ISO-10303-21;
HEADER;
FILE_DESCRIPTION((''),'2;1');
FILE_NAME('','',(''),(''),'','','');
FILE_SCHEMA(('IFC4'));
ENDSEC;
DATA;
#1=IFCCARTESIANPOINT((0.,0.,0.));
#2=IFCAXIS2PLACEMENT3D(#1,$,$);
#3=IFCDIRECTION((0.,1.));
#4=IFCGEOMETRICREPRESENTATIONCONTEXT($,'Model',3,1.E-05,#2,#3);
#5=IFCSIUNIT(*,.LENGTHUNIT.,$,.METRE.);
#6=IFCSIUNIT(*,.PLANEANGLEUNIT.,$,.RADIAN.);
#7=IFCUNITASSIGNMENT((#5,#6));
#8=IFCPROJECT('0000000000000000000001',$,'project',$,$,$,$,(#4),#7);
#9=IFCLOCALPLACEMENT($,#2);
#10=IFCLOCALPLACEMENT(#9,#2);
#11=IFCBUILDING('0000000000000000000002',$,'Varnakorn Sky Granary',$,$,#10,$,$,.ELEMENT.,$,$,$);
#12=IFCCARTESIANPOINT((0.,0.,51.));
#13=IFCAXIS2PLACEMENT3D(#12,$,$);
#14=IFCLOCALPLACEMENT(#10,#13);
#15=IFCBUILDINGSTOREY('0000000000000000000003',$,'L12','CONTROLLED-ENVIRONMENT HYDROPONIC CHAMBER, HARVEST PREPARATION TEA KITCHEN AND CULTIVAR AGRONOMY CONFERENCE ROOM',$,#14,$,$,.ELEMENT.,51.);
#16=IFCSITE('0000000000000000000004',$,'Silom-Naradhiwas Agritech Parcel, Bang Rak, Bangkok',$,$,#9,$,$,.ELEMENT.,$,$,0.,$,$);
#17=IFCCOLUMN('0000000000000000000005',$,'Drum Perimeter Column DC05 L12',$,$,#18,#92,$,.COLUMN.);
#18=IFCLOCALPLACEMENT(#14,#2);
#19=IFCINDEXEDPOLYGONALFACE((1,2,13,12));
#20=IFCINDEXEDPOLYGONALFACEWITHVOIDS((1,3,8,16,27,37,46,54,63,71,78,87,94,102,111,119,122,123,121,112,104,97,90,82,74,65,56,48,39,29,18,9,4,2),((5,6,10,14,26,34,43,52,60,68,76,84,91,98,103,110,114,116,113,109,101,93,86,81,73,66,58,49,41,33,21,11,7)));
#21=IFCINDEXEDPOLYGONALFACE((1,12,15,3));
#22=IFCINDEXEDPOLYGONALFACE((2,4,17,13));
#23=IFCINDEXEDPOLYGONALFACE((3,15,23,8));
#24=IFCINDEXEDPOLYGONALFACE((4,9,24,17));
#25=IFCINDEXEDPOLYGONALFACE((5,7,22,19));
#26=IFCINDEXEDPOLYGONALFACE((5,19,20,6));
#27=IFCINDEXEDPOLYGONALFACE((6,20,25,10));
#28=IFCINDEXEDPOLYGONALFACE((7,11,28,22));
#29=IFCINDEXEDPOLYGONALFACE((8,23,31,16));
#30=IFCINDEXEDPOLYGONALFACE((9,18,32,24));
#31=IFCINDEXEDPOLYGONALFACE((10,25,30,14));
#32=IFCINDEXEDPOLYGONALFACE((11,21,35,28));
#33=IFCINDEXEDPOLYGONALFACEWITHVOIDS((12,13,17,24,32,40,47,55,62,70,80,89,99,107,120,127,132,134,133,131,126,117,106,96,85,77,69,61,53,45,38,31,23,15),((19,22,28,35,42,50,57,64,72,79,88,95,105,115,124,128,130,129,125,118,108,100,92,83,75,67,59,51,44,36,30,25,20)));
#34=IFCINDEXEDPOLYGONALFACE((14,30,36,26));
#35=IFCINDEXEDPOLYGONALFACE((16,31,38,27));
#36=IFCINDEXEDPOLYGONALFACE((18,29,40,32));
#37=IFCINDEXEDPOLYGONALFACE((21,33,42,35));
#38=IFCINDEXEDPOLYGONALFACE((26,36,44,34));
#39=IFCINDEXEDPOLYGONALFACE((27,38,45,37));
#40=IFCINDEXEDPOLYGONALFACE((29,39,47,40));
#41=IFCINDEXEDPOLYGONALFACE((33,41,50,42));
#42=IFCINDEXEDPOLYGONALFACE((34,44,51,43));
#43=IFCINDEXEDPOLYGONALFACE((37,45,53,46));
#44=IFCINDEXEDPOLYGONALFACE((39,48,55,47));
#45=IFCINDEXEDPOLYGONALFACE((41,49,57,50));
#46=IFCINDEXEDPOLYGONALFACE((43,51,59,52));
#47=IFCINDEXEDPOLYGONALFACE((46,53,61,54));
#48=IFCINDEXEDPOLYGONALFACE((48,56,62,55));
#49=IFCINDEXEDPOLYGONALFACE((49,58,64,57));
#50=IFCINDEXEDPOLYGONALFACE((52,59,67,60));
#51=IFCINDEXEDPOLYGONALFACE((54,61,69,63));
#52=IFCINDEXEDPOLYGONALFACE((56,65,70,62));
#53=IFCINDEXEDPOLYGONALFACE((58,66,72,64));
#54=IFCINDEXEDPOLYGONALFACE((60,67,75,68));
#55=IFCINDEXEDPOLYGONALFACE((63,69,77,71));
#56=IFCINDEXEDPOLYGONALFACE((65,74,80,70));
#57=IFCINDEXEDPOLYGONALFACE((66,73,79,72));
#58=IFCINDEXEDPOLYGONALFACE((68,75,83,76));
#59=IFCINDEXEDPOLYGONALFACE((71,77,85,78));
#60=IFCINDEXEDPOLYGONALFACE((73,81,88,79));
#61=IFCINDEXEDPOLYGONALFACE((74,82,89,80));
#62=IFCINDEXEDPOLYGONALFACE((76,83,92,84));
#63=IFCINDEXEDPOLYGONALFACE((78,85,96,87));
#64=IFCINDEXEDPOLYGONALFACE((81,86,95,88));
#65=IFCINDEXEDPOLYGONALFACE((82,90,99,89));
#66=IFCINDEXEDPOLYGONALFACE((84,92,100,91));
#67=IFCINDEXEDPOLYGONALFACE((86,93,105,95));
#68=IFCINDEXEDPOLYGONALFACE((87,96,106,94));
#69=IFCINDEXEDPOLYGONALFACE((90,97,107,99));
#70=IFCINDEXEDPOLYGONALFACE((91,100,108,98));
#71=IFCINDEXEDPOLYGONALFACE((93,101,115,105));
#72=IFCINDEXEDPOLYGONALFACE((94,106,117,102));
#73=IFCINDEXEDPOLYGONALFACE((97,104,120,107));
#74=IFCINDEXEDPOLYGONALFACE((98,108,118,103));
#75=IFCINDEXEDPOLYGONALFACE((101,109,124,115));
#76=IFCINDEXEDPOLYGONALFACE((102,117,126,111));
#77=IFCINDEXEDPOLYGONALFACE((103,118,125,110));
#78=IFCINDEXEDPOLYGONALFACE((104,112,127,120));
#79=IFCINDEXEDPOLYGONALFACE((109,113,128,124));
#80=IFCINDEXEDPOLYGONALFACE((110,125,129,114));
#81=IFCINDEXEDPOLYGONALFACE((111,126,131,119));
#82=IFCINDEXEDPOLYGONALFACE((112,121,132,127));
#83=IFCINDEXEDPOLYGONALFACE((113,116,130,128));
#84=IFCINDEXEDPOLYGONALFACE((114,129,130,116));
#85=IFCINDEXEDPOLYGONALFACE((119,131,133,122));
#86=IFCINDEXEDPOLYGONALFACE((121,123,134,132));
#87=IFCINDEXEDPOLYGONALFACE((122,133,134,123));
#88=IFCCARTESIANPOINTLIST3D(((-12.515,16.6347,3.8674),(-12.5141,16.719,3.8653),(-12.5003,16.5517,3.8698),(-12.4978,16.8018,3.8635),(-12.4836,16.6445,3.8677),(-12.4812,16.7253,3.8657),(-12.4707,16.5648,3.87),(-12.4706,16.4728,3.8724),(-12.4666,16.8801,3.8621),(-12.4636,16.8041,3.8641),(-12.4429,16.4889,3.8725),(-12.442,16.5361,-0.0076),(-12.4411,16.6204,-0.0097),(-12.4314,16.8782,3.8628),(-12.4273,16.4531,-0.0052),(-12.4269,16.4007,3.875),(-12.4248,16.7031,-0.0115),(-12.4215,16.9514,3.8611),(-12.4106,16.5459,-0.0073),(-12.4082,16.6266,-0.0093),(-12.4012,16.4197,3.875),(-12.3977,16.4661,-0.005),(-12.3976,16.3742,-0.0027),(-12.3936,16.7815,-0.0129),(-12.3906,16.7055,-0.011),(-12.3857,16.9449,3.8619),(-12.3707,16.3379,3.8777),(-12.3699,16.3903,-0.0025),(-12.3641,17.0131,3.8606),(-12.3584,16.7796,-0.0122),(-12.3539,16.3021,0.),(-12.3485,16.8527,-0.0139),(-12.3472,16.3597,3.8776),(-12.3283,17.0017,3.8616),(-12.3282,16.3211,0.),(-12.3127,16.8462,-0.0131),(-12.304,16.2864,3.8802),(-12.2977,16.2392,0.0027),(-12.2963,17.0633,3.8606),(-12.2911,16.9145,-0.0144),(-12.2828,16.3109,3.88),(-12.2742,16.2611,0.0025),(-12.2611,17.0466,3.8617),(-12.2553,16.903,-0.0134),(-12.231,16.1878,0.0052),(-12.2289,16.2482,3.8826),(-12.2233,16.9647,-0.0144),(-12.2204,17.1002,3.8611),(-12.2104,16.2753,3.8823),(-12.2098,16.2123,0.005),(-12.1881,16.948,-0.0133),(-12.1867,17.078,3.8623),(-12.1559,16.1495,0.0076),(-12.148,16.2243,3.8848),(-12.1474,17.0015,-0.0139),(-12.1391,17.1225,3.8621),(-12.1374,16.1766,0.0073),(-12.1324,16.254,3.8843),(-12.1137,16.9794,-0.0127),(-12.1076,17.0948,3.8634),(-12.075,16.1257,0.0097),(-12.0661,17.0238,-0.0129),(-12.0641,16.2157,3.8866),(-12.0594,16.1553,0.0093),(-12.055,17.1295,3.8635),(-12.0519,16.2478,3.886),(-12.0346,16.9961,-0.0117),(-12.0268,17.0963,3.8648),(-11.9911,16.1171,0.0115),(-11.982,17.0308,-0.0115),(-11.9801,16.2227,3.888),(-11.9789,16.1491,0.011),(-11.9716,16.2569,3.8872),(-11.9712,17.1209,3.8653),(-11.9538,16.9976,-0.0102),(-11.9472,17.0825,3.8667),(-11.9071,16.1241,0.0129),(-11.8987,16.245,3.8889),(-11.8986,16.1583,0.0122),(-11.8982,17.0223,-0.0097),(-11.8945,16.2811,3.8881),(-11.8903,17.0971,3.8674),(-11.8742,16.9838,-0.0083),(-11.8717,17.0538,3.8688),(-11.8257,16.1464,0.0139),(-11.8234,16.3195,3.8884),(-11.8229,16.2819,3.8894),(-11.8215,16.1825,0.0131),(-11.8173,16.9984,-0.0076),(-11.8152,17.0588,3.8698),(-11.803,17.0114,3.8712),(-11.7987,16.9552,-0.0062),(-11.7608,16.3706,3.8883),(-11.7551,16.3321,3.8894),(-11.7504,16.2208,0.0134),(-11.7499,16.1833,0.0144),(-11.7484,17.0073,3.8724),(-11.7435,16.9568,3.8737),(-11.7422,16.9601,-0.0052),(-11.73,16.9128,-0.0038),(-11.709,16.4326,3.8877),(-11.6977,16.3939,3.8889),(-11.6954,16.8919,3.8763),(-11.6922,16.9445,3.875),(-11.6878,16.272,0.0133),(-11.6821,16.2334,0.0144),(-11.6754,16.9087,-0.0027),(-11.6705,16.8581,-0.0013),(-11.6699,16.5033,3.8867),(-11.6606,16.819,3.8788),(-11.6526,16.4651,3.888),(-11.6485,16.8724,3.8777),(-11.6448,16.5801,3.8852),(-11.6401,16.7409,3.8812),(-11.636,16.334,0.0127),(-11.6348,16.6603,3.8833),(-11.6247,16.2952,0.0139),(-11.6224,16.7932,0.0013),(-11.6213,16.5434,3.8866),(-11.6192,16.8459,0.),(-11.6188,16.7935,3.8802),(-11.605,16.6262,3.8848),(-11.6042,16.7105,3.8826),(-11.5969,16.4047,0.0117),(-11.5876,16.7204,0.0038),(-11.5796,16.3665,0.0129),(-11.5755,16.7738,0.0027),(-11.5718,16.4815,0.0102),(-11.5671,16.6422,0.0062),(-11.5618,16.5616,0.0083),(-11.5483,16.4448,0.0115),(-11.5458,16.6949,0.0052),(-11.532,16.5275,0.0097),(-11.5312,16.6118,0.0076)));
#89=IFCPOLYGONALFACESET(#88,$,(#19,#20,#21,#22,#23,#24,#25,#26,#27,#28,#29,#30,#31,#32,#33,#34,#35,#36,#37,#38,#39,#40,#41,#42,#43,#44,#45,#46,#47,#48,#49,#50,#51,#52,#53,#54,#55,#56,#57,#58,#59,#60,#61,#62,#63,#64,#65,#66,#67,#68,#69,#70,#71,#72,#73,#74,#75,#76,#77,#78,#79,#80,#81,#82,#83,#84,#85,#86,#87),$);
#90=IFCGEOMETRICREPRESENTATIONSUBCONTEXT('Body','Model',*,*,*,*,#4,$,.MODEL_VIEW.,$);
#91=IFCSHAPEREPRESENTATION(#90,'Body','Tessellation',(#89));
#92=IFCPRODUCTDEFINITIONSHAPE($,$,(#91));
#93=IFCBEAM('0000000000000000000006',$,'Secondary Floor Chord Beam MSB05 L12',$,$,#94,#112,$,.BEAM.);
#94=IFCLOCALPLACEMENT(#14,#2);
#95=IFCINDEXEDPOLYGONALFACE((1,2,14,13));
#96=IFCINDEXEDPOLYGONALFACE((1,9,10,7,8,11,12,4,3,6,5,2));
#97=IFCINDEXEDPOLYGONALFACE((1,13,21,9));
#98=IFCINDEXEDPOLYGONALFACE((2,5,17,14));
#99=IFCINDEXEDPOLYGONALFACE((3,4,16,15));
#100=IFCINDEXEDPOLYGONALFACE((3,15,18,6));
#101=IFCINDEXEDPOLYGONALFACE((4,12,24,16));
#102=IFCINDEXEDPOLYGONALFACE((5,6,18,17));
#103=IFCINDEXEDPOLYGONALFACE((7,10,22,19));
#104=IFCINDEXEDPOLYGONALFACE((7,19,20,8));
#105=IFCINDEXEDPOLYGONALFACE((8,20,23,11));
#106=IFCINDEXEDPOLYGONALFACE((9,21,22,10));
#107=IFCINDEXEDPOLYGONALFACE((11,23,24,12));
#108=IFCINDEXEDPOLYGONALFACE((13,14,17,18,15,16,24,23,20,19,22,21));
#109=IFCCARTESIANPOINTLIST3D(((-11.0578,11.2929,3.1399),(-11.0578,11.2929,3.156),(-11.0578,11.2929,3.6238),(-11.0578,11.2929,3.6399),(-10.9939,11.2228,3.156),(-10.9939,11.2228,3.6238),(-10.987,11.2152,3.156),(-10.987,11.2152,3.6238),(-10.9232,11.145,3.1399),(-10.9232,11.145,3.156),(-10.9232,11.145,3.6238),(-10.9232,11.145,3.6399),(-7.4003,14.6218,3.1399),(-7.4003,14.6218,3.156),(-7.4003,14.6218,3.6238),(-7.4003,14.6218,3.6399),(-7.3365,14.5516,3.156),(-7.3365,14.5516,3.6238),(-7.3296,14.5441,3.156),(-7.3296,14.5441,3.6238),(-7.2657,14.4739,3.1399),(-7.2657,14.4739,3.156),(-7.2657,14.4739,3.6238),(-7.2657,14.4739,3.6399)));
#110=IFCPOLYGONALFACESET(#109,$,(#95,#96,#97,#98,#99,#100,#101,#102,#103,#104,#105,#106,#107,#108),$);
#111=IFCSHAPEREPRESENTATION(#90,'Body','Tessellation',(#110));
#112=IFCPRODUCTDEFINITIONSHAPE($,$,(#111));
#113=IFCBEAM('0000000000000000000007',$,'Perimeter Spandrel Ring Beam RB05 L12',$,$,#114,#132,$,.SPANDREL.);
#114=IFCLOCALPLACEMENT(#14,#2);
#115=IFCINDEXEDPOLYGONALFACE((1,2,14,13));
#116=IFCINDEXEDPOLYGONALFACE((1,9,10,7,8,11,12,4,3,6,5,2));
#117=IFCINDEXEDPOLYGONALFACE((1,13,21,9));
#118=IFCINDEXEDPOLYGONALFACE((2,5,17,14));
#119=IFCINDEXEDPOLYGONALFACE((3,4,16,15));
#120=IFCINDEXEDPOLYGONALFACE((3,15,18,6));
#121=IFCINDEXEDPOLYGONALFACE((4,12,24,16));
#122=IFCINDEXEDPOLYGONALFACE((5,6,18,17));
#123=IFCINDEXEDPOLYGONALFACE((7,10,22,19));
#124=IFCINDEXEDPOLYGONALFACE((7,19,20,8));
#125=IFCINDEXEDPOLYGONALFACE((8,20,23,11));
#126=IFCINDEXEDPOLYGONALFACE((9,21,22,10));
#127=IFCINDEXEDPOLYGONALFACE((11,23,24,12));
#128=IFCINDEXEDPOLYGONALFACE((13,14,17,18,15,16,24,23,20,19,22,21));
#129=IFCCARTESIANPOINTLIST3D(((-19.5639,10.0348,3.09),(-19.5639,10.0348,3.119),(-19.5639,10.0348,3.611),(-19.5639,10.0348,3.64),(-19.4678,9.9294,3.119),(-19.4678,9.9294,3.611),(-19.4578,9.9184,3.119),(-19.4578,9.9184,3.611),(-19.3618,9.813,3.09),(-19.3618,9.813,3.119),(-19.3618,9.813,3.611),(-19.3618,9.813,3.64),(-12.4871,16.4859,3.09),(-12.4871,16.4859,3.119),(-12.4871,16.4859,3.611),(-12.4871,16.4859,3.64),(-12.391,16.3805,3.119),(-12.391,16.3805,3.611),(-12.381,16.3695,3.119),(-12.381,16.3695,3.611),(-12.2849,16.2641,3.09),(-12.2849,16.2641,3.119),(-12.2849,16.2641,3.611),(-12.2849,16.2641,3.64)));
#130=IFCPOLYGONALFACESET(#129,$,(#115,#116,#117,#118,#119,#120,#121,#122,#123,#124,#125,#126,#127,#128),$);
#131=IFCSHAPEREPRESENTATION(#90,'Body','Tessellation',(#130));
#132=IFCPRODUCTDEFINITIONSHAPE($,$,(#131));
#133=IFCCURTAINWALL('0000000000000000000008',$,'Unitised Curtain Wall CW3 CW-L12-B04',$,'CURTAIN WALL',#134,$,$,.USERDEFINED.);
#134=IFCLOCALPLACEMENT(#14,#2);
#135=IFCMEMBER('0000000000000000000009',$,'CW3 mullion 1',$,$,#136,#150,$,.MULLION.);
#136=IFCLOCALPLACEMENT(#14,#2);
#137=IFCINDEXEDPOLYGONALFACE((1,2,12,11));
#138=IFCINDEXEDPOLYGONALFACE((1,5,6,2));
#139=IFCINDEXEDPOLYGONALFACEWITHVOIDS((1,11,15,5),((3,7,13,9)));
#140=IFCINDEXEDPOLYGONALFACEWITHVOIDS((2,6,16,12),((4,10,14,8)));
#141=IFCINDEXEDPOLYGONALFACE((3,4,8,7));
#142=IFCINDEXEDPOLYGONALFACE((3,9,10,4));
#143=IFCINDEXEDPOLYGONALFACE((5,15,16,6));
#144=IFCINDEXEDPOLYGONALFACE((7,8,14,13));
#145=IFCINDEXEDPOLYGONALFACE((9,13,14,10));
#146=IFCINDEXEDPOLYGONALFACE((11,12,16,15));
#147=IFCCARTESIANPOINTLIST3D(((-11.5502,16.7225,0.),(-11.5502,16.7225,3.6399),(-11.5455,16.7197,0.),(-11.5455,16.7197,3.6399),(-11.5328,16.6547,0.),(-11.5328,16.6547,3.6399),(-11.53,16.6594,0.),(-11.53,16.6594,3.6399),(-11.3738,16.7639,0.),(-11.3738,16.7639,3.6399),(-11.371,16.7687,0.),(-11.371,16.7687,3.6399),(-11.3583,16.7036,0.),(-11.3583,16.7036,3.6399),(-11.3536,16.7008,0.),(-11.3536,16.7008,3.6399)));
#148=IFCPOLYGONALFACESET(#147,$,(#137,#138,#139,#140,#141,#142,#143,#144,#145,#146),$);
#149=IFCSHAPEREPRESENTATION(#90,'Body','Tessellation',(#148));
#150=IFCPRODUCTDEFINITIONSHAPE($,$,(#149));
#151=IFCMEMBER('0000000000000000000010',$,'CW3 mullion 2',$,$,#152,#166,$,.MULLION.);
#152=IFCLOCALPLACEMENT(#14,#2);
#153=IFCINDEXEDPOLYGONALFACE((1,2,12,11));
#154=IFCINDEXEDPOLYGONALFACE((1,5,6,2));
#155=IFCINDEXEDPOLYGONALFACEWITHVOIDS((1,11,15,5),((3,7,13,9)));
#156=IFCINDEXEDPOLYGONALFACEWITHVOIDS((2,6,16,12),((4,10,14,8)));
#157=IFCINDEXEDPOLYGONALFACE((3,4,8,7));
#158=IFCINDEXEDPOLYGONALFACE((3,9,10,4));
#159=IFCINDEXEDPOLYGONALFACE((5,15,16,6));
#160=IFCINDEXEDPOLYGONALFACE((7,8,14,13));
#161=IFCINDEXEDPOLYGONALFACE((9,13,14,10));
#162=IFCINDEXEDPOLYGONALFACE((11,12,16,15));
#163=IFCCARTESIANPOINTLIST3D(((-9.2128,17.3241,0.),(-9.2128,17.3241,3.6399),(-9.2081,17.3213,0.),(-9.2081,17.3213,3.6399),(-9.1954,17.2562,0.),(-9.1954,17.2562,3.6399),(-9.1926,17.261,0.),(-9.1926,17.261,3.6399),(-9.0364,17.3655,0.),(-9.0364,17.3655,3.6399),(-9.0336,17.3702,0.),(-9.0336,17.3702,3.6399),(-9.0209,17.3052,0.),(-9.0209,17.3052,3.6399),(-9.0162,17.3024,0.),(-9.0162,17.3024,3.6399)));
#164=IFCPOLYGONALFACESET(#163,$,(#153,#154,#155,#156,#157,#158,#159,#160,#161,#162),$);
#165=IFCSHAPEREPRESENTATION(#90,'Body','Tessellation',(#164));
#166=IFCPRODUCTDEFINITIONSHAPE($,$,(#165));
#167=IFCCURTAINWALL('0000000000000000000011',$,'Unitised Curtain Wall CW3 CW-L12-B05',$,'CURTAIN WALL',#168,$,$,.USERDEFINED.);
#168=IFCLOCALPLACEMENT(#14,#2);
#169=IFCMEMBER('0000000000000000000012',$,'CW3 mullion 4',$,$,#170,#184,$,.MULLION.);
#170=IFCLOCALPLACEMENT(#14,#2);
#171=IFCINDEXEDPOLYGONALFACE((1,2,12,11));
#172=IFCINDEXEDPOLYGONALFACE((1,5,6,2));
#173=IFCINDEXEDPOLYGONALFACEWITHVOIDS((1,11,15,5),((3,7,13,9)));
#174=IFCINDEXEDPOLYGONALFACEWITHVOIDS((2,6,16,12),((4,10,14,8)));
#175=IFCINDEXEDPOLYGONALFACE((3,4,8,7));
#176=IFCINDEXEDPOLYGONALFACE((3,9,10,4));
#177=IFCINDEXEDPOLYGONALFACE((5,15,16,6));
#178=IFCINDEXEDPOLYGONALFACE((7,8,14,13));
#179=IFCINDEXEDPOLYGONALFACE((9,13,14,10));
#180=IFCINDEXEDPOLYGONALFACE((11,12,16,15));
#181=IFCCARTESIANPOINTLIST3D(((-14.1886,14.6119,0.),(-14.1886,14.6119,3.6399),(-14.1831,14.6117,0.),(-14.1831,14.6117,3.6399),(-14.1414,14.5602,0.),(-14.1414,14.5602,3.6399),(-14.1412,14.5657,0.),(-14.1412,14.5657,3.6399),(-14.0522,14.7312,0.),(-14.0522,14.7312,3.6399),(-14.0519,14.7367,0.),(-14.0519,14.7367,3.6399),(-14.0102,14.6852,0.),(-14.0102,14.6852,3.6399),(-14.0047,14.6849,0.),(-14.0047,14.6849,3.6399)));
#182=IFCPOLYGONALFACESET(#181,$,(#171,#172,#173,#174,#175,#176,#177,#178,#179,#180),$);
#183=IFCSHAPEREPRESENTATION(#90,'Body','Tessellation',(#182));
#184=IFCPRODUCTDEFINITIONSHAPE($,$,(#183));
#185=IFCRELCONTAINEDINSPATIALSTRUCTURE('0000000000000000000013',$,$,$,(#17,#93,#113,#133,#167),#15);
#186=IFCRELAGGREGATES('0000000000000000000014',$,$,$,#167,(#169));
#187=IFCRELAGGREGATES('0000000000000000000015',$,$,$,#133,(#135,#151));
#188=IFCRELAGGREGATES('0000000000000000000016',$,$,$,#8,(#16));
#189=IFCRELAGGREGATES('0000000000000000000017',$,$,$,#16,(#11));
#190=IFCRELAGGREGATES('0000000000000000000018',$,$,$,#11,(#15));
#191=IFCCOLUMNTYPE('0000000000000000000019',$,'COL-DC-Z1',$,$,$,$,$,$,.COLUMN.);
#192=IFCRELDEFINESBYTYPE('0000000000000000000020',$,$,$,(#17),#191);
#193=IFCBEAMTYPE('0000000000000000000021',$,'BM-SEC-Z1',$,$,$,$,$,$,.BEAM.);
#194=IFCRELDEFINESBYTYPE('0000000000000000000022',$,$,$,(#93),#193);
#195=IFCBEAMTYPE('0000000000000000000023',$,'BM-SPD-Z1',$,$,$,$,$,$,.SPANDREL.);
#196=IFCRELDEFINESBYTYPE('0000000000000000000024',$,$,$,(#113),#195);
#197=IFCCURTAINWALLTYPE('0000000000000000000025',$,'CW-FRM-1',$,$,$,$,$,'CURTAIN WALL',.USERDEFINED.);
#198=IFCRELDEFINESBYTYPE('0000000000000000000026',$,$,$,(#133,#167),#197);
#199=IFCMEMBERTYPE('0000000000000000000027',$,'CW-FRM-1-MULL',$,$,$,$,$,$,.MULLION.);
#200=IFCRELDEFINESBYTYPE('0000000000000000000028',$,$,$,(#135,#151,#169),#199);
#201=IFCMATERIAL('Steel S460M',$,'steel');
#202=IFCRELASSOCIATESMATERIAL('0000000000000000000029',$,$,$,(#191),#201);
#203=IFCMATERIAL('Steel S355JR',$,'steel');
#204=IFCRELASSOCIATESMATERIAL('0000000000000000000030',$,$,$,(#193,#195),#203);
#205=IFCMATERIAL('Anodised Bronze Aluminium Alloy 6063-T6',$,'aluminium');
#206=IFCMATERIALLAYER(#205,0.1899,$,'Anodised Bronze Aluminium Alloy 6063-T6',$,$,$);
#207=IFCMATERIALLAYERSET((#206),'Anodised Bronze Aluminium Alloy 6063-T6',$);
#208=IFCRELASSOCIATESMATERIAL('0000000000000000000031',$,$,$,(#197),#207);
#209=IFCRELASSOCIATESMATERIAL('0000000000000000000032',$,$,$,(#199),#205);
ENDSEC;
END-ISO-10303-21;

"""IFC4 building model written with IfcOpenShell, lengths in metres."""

from ifc_helpers import new_model, si_unit, direction, frame, origin, origin_2d, place, context, subcontext, project, spatial, hollow_rectangle, hollow_circle, i_section, extrude, material, layer, layer_set, material_profile, profile_set, type_object, element, aggregate, save


model = new_model("IFC4")

# Units and contexts
model_context = context("Model", 3, precision=1e-05, world=origin(), true_north=direction((0.0, 1.0)))
body_context = subcontext(model_context, "Body", "Model", "MODEL_VIEW")
ifc_project = project(units=[si_unit("LENGTHUNIT", "METRE"), si_unit("PLANEANGLEUNIT", "RADIAN")], contexts=[model_context])

# Site, building, storey
site_placement = place(None, origin())
site = spatial("IfcSite", under=ifc_project, at=site_placement, Name="Silom-Naradhiwas Agritech Parcel, Bang Rak, Bangkok", CompositionType="ELEMENT", RefElevation=0.0)
building_placement = place(site_placement, origin())
building = spatial("IfcBuilding", under=site, at=building_placement, Name="Varnakorn Sky Granary", CompositionType="ELEMENT")
storey_placement = place(building_placement, frame((0.0, 0.0, 51.0)))
storey = spatial("IfcBuildingStorey", under=building, at=storey_placement, Name="L12", Description="CONTROLLED-ENVIRONMENT HYDROPONIC CHAMBER, HARVEST PREPARATION TEA KITCHEN AND CULTIVAR AGRONOMY CONFERENCE ROOM", CompositionType="ELEMENT", Elevation=51.0)

# Column
ifc_material_1 = material(Name="Steel S460M", Category="steel")
ifc_material_profile_1 = material_profile(ifc_material_1, hollow_circle(Radius=0.457, WallThickness=0.032, at=origin_2d()), Name="CHS 914x32")
ifc_profile_set_1 = profile_set([ifc_material_profile_1], Name="Steel S460M")
column_type = type_object("IfcColumnType", Name="COL-DC-Z1", PredefinedType="COLUMN", material=ifc_profile_set_1)
column_placement = place(storey_placement, frame((-11.9866, 16.574, 0.0), z_axis=(-0.018829, 0.025441, 0.999499), x_axis=(-0.803804, -0.594894, 0.0)))
element("IfcColumn", 1, at=column_placement, inside=storey, type_object=column_type, Name="Drum Perimeter Column DC05 L12", PredefinedType="COLUMN", context=body_context, shape_type="SweptSolid", body=[
    extrude(hollow_circle(Radius=0.457, WallThickness=0.032, at=origin_2d()), origin(), (0.0, 0.0, 1.0), 3.877),
])

# Beams
ifc_material_2 = material(Name="Steel S355JR", Category="steel")
ifc_material_profile_2 = material_profile(ifc_material_2, i_section(OverallWidth=0.2, OverallDepth=0.5, WebThickness=0.0103, FlangeThickness=0.0161, at=origin_2d()), Name="IPE 500")
ifc_profile_set_2 = profile_set([ifc_material_profile_2], Name="Steel S355JR")
beam_type_1 = type_object("IfcBeamType", Name="BM-SEC-Z1", PredefinedType="BEAM", material=ifc_profile_set_2)
beam_1_placement = place(storey_placement, frame((-7.333, 14.5479, 3.3899), z_axis=(-0.739549, -0.673103, 0.0), x_axis=(0.673103, -0.739549, 0.0)))
element("IfcBeam", 2, at=beam_1_placement, inside=storey, type_object=beam_type_1, Name="Secondary Floor Chord Beam MSB05 L12", PredefinedType="BEAM", context=body_context, shape_type="SweptSolid", body=[
    extrude(i_section(OverallWidth=0.2, OverallDepth=0.5, WebThickness=0.0103, FlangeThickness=0.0161, at=origin_2d()), origin(), (0.0, 0.0, 1.0), 4.9456),
])
ifc_material_profile_3 = material_profile(ifc_material_2, i_section(OverallWidth=0.3, OverallDepth=0.55, WebThickness=0.0149, FlangeThickness=0.0291, at=origin_2d()), Name="HE 550 B")
ifc_profile_set_3 = profile_set([ifc_material_profile_3], Name="Steel S355JR")
beam_type_2 = type_object("IfcBeamType", Name="BM-SPD-Z1", PredefinedType="SPANDREL", material=ifc_profile_set_3)
beam_2_placement = place(storey_placement, frame((-12.386, 16.375, 3.365), z_axis=(-0.739023, -0.67368, 0.0), x_axis=(0.67368, -0.739023, 0.0)))
element("IfcBeam", 3, at=beam_2_placement, inside=storey, type_object=beam_type_2, Name="Perimeter Spandrel Ring Beam RB05 L12", PredefinedType="SPANDREL", context=body_context, shape_type="SweptSolid", body=[
    extrude(i_section(OverallWidth=0.3, OverallDepth=0.55, WebThickness=0.0149, FlangeThickness=0.0291, at=origin_2d()), origin(), (0.0, 0.0, 1.0), 9.5759),
])

# Curtain walls, members
ifc_material_3 = material(Name="Anodised Bronze Aluminium Alloy 6063-T6", Category="aluminium")
ifc_layer_1 = layer(ifc_material_3, 0.1899, Name="Anodised Bronze Aluminium Alloy 6063-T6")
ifc_layer_set_1 = layer_set([ifc_layer_1], Name="Anodised Bronze Aluminium Alloy 6063-T6")
curtain_wall_type = type_object("IfcCurtainWallType", Name="CW-FRM-1", ElementType="CURTAIN WALL", PredefinedType="USERDEFINED", material=ifc_layer_set_1)
curtain_wall_1_placement = place(storey_placement, origin())
curtain_wall_1 = element("IfcCurtainWall", 4, at=curtain_wall_1_placement, inside=storey, type_object=curtain_wall_type, Name="Unitised Curtain Wall CW3 CW-L12-B04", ObjectType="CURTAIN WALL", PredefinedType="USERDEFINED")
ifc_material_profile_4 = material_profile(ifc_material_3, hollow_rectangle(XDim=0.0701, YDim=0.1851, WallThickness=0.0039, at=origin_2d()), Name="ALU MULL 70x185")
ifc_profile_set_4 = profile_set([ifc_material_profile_4], Name="Anodised Bronze Aluminium Alloy 6063-T6")
member_type_1 = type_object("IfcMemberType", Name="CW-FRM-1-MULL", PredefinedType="MULLION", material=ifc_profile_set_4)
member_1_placement = place(storey_placement, frame((-11.4519, 16.7117, 0.0), z_axis=(0.0, 0.0, 1.0), x_axis=(-0.249249, 0.968439, 0.0)))
member_1 = element("IfcMember", 5, at=member_1_placement, type_object=member_type_1, Name="CW3 mullion 1", PredefinedType="MULLION", context=body_context, shape_type="SweptSolid", body=[
    extrude(hollow_rectangle(XDim=0.0701, YDim=0.1851, WallThickness=0.0039, at=origin_2d()), origin(), (0.0, 0.0, 1.0), 3.6399),
])
member_2_placement = place(storey_placement, frame((-9.1145, 17.3132, 0.0), z_axis=(0.0, 0.0, 1.0), x_axis=(-0.249249, 0.968439, 0.0)))
member_2 = element("IfcMember", 6, at=member_2_placement, type_object=member_type_1, Name="CW3 mullion 2", PredefinedType="MULLION", context=body_context, shape_type="SweptSolid", body=[
    extrude(hollow_rectangle(XDim=0.0701, YDim=0.1851, WallThickness=0.0039, at=origin_2d()), origin(), (0.0, 0.0, 1.0), 3.6399),
])
curtain_wall_2_placement = place(storey_placement, origin())
curtain_wall_2 = element("IfcCurtainWall", 7, at=curtain_wall_2_placement, inside=storey, type_object=curtain_wall_type, Name="Unitised Curtain Wall CW3 CW-L12-B05", ObjectType="CURTAIN WALL", PredefinedType="USERDEFINED")
member_3_placement = place(storey_placement, frame((-14.0967, 14.6484, 0.0), z_axis=(0.0, 0.0, 1.0), x_axis=(-0.674049, 0.738686, 0.0)))
member_3 = element("IfcMember", 8, at=member_3_placement, type_object=member_type_1, Name="CW3 mullion 4", PredefinedType="MULLION", context=body_context, shape_type="SweptSolid", body=[
    extrude(hollow_rectangle(XDim=0.0701, YDim=0.1851, WallThickness=0.0039, at=origin_2d()), origin(), (0.0, 0.0, 1.0), 3.6399),
])

aggregate(curtain_wall_2, [member_3])
aggregate(curtain_wall_1, [member_1, member_2])

save(model, "model.ifc")
